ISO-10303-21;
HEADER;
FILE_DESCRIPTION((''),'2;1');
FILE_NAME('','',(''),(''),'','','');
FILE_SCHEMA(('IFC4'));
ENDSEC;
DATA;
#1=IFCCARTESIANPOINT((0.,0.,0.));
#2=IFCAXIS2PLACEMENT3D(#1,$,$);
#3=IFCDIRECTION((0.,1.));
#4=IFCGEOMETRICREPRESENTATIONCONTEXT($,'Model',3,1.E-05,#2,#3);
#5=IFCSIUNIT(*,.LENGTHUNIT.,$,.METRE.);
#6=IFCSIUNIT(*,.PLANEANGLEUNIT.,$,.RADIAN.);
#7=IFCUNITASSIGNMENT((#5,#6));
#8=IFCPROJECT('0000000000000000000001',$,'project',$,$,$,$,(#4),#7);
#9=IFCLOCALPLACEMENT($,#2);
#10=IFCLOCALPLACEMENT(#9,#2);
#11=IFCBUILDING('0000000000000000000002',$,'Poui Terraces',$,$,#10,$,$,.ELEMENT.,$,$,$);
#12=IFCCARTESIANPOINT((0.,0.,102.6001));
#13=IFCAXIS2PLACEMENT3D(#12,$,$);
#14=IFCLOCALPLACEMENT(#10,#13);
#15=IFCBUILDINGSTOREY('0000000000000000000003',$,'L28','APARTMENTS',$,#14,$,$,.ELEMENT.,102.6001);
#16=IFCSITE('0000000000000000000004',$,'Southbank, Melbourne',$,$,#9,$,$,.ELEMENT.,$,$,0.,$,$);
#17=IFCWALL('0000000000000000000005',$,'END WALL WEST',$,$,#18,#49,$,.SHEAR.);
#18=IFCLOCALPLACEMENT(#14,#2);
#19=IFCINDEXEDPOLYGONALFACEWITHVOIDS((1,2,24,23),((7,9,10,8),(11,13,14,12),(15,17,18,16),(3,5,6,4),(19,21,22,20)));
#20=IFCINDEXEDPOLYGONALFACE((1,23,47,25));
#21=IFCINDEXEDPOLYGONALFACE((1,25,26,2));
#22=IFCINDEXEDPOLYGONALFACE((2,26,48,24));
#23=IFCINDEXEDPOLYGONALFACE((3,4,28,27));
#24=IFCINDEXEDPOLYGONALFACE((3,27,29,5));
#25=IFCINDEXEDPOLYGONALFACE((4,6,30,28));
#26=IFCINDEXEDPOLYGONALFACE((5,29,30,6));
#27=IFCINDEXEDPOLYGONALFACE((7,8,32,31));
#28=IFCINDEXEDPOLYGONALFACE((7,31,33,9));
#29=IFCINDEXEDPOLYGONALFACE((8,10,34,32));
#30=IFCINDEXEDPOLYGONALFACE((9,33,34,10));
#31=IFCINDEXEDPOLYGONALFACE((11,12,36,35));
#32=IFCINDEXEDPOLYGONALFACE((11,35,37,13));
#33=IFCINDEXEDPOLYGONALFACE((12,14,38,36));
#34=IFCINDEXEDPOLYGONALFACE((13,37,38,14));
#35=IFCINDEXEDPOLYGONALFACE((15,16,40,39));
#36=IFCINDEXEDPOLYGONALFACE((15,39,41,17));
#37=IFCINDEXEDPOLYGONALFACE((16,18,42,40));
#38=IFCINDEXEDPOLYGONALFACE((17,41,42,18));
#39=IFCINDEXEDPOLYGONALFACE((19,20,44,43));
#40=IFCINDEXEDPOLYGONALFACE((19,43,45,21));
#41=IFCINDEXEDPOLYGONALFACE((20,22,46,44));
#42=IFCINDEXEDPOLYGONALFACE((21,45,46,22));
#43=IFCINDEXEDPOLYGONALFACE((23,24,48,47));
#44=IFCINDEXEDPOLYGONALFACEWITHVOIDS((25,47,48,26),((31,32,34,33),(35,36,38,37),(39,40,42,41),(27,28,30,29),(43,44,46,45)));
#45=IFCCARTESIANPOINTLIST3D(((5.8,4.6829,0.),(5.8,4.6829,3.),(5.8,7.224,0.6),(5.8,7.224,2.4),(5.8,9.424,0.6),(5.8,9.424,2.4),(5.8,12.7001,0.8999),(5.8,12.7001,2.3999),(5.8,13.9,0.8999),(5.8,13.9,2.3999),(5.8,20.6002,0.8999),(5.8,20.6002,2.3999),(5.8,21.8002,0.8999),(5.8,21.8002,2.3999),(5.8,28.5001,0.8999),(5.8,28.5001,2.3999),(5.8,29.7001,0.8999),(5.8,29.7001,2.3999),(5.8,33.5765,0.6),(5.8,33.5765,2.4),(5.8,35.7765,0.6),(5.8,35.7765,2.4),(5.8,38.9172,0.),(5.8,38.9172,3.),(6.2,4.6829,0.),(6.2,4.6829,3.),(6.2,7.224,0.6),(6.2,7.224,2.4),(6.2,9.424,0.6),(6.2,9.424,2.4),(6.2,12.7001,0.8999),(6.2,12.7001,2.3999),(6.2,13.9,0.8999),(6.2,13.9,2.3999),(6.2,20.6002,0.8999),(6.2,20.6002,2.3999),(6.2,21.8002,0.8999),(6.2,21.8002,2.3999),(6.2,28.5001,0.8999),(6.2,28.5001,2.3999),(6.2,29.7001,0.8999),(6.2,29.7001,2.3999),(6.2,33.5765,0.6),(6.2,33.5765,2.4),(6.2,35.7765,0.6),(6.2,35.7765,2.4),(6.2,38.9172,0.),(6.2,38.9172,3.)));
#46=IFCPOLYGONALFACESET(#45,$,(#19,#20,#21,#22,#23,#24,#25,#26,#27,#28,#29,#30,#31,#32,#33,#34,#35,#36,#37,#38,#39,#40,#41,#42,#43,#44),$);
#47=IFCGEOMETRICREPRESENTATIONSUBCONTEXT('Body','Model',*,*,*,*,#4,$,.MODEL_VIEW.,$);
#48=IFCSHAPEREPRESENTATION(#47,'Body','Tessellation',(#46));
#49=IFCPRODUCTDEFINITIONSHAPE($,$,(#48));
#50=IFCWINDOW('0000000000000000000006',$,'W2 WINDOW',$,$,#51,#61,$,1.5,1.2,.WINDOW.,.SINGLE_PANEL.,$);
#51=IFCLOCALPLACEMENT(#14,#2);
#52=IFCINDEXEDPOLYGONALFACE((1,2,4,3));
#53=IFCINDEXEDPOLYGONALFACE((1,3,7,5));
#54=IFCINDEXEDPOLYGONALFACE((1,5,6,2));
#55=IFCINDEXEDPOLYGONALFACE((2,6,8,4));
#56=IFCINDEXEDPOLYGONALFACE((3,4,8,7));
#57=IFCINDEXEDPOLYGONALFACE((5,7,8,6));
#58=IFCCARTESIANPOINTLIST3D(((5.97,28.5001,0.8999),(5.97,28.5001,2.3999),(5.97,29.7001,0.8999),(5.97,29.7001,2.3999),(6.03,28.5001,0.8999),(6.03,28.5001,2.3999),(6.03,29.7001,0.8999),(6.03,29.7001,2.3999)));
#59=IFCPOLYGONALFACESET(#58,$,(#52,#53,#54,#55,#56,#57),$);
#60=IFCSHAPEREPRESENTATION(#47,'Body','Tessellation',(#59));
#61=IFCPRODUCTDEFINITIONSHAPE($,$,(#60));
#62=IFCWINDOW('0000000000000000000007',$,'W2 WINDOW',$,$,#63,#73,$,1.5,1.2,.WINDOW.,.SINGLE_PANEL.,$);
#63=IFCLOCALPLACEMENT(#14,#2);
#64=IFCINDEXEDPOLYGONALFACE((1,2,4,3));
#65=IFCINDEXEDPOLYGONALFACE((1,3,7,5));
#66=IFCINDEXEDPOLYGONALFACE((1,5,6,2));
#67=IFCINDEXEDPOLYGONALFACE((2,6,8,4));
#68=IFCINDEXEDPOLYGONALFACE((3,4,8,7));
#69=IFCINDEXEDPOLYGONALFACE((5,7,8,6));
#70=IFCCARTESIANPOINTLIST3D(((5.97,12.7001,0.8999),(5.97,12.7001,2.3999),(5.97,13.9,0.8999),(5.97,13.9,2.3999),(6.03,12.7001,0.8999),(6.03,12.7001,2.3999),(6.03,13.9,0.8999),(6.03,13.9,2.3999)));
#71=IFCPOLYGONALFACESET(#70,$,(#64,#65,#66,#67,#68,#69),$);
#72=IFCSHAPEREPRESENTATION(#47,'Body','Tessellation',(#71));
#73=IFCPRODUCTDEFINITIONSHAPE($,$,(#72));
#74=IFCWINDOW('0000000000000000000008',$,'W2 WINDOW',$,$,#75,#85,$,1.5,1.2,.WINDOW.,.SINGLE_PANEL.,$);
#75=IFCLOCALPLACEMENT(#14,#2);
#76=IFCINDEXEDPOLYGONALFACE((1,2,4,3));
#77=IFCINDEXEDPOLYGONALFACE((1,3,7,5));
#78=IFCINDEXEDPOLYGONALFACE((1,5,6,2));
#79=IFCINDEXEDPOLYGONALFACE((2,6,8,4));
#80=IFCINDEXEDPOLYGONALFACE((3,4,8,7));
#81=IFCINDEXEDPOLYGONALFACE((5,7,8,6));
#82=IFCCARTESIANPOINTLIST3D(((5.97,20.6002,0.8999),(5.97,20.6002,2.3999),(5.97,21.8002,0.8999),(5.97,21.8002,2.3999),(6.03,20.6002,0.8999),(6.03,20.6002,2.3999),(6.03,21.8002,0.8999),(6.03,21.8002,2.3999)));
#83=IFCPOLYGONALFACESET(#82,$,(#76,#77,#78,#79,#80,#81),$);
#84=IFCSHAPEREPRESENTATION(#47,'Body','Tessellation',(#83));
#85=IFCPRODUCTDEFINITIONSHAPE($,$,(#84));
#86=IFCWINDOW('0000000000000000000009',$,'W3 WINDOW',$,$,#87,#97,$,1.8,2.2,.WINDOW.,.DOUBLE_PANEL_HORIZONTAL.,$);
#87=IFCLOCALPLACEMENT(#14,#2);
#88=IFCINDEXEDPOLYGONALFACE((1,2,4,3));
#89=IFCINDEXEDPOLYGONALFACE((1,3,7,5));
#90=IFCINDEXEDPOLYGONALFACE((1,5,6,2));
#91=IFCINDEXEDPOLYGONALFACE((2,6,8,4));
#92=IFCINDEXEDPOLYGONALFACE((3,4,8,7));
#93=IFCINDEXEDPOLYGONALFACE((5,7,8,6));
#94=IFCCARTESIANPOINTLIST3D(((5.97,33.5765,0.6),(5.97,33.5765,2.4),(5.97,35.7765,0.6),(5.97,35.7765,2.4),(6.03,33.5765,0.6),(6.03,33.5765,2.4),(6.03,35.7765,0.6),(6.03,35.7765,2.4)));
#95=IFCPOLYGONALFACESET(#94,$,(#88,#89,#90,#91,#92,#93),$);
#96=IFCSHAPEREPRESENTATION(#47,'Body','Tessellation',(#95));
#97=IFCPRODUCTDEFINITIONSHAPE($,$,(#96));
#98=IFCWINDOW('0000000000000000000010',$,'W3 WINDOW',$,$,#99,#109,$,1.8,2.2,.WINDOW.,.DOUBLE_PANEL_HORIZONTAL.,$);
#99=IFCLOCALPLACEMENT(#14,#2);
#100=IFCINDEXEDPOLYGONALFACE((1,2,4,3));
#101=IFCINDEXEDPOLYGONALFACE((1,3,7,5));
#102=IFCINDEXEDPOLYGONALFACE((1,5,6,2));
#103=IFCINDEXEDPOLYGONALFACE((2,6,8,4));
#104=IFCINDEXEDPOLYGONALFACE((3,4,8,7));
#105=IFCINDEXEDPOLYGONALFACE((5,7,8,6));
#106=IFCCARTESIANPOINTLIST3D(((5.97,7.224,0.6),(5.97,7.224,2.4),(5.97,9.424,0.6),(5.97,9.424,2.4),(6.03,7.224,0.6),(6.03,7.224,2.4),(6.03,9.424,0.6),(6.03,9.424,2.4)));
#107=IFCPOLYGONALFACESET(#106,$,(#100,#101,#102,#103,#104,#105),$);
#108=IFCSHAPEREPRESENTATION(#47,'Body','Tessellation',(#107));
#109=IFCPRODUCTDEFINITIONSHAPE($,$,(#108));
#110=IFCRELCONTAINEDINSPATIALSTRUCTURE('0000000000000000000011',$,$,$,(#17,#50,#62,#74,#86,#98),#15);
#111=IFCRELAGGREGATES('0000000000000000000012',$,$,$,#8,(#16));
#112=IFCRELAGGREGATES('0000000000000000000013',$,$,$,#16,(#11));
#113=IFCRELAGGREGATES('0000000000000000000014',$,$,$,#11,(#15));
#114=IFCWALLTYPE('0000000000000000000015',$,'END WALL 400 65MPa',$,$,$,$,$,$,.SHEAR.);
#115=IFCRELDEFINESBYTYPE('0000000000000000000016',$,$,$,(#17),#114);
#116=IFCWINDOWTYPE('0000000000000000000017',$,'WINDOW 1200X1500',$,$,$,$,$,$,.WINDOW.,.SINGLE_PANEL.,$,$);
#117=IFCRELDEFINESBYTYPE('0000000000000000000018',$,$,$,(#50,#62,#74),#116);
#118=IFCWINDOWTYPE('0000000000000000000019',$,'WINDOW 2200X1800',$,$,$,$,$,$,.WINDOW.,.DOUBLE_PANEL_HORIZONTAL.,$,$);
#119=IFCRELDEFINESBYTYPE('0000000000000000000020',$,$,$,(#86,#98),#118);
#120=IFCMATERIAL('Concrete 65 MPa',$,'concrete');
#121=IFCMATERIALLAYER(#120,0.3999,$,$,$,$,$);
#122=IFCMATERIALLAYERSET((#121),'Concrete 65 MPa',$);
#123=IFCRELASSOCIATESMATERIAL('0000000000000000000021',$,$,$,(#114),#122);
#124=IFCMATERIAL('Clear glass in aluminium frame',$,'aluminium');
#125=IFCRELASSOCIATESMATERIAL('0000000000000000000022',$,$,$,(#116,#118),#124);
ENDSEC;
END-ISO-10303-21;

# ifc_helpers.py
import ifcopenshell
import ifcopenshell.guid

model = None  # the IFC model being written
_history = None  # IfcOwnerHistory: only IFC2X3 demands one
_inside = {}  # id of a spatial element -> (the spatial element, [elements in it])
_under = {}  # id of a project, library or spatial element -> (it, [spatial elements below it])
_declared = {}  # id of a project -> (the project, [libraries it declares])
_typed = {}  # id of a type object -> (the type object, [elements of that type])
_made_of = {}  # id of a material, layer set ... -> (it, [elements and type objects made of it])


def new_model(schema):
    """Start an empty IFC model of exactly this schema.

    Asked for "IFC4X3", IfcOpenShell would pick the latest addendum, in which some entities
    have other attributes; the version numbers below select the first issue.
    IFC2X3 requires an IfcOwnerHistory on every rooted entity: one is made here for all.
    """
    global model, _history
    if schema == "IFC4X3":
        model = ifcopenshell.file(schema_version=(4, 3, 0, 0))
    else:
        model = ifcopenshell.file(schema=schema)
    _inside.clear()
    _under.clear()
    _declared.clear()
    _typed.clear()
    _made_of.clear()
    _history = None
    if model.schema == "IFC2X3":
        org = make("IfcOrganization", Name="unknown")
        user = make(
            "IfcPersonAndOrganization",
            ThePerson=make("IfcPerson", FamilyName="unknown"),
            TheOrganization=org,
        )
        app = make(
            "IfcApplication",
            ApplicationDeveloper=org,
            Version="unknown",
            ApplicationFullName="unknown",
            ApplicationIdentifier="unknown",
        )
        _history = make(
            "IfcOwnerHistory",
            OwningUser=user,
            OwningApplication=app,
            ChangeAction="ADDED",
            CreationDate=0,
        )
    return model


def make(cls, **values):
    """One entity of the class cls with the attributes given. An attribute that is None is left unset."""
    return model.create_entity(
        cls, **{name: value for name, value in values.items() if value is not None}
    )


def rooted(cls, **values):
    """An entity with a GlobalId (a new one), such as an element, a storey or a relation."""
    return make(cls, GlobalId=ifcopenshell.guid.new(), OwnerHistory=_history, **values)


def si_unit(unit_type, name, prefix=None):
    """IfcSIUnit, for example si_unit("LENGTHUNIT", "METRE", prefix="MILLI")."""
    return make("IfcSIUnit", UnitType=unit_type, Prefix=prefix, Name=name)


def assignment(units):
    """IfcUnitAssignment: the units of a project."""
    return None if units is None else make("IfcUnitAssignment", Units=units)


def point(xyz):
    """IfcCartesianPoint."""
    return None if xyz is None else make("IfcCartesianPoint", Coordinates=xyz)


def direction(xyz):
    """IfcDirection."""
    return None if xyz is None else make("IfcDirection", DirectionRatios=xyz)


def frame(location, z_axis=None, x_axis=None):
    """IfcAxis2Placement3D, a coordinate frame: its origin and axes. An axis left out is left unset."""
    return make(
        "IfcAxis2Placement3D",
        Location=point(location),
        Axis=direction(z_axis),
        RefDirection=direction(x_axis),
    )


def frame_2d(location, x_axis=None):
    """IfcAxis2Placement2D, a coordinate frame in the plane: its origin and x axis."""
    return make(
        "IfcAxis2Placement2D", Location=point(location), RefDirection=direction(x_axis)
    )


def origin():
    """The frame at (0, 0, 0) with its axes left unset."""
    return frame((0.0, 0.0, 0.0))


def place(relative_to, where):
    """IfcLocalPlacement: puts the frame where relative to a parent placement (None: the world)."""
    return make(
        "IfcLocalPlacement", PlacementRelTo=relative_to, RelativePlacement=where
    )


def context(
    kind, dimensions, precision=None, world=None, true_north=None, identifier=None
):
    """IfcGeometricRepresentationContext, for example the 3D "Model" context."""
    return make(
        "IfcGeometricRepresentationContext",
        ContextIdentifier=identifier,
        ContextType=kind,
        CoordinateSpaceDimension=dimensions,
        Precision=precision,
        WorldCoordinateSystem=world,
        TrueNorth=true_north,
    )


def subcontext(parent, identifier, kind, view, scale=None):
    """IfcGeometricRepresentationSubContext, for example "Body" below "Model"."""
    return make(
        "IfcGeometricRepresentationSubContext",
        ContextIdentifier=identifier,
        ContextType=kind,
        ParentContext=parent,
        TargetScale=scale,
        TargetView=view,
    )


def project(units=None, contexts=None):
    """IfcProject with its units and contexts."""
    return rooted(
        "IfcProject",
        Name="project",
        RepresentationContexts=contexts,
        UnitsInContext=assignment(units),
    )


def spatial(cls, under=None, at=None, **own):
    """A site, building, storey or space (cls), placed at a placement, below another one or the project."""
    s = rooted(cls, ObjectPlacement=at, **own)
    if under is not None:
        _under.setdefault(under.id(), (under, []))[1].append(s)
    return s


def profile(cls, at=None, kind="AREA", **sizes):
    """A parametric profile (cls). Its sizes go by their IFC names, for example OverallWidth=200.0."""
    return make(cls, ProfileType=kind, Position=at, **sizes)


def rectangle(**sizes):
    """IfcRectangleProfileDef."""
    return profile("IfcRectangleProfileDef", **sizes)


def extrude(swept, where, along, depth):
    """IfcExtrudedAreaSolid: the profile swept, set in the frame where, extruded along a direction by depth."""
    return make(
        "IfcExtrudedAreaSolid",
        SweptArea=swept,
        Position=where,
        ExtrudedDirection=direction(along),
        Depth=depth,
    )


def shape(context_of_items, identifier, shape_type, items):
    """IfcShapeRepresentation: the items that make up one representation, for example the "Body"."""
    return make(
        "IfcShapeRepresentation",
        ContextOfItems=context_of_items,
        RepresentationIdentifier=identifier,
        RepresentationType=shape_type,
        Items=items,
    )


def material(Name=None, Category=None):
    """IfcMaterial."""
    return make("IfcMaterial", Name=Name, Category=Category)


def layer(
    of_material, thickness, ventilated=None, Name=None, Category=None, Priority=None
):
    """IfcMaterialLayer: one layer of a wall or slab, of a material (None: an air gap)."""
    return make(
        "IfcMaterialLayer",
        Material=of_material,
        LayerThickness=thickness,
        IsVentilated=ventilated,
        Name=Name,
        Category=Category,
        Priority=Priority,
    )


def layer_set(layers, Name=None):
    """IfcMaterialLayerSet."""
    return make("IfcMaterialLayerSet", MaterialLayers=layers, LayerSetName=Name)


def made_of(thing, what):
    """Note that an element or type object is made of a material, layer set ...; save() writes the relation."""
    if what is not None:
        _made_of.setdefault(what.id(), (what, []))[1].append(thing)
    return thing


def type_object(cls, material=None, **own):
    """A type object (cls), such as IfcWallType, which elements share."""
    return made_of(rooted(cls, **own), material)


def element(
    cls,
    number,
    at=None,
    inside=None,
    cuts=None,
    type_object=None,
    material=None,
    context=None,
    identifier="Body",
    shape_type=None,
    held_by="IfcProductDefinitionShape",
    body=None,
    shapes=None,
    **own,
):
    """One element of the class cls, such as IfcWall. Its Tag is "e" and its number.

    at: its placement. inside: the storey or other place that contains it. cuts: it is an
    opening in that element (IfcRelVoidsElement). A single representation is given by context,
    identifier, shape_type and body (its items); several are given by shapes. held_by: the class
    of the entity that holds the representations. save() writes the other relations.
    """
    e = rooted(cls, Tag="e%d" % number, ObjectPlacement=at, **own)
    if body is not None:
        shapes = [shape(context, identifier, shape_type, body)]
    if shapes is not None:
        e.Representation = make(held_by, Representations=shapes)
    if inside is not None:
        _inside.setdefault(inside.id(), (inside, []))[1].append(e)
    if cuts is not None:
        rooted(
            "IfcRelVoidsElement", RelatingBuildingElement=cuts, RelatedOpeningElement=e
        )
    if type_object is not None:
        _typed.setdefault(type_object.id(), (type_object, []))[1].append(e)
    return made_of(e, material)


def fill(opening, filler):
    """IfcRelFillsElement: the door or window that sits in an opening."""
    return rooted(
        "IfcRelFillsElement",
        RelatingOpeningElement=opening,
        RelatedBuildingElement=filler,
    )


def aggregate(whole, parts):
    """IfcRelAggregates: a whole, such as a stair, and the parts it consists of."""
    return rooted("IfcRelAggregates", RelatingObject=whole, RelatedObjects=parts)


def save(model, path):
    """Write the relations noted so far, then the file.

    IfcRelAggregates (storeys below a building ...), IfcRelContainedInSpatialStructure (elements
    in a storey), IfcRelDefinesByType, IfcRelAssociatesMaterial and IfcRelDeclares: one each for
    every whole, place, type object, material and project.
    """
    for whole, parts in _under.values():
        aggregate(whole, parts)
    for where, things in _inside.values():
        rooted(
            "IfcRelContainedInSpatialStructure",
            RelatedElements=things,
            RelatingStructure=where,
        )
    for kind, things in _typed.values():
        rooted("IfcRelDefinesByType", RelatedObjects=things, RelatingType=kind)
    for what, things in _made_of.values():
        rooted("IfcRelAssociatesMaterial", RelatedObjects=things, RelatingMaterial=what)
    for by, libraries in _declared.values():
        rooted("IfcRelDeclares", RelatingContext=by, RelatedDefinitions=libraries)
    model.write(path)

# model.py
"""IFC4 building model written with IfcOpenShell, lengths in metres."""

from ifc_helpers import new_model, si_unit, direction, frame, frame_2d, origin, place, context, subcontext, project, spatial, rectangle, extrude, material, layer, layer_set, type_object, element, fill, save


model = new_model("IFC4")

# Units and contexts
model_context = context("Model", 3, precision=1e-05, world=origin(), true_north=direction((0.0, 1.0)))
body_context = subcontext(model_context, "Body", "Model", "MODEL_VIEW")
ifc_project = project(units=[si_unit("LENGTHUNIT", "METRE"), si_unit("PLANEANGLEUNIT", "RADIAN")], contexts=[model_context])

# Site, building, storey
site_placement = place(None, origin())
site = spatial("IfcSite", under=ifc_project, at=site_placement, Name="Southbank, Melbourne", CompositionType="ELEMENT", RefElevation=0.0)
building_placement = place(site_placement, origin())
building = spatial("IfcBuilding", under=site, at=building_placement, Name="Poui Terraces", CompositionType="ELEMENT")
storey_placement = place(building_placement, frame((0.0, 0.0, 102.6001)))
storey = spatial("IfcBuildingStorey", under=building, at=storey_placement, Name="L28", Description="APARTMENTS", CompositionType="ELEMENT", Elevation=102.6001)

# Shared definitions
ifc_material_1 = material(Name="Concrete 65 MPa", Category="concrete")

# Wall, openings, windows
ifc_layer_1 = layer(ifc_material_1, 0.3999)
ifc_layer_set_1 = layer_set([ifc_layer_1], Name="Concrete 65 MPa")
wall_type = type_object("IfcWallType", Name="END WALL 400 65MPa", PredefinedType="SHEAR", material=ifc_layer_set_1)
wall_placement = place(storey_placement, frame((6.0, 4.6829, 0.0), z_axis=(0.0, 0.0, 1.0), x_axis=(0.0, 1.0, 0.0)))
wall = element("IfcWall", 1, at=wall_placement, inside=storey, type_object=wall_type, Name="END WALL WEST", PredefinedType="SHEAR", context=body_context, shape_type="SweptSolid", body=[
    extrude(rectangle(XDim=34.2344, YDim=0.3999, at=frame_2d((17.1172, 0.0))), origin(), (0.0, 0.0, 1.0), 3.0),
])
opening_1_placement = place(wall_placement, frame((23.8171, 0.0, 0.8999)))
opening_1 = element("IfcOpeningElement", 2, at=opening_1_placement, cuts=wall, PredefinedType="OPENING", context=body_context, shape_type="SweptSolid", body=[
    extrude(rectangle(XDim=1.2, YDim=1.5, at=frame_2d((0.6001, 0.75))), frame((0.0, 0.21, 0.0), z_axis=(0.0, -1.0, 0.0), x_axis=(1.0, 0.0, 0.0)), (0.0, 0.0, 1.0), 0.4199),
])
opening_2_placement = place(wall_placement, frame((8.0171, 0.0, 0.8999)))
opening_2 = element("IfcOpeningElement", 3, at=opening_2_placement, cuts=wall, PredefinedType="OPENING", context=body_context, shape_type="SweptSolid", body=[
    extrude(rectangle(XDim=1.2, YDim=1.5, at=frame_2d((0.6001, 0.75))), frame((0.0, 0.21, 0.0), z_axis=(0.0, -1.0, 0.0), x_axis=(1.0, 0.0, 0.0)), (0.0, 0.0, 1.0), 0.4199),
])
opening_3_placement = place(wall_placement, frame((15.9172, 0.0, 0.8999)))
opening_3 = element("IfcOpeningElement", 4, at=opening_3_placement, cuts=wall, PredefinedType="OPENING", context=body_context, shape_type="SweptSolid", body=[
    extrude(rectangle(XDim=1.2, YDim=1.5, at=frame_2d((0.6001, 0.75))), frame((0.0, 0.21, 0.0), z_axis=(0.0, -1.0, 0.0), x_axis=(1.0, 0.0, 0.0)), (0.0, 0.0, 1.0), 0.4199),
])
opening_4_placement = place(wall_placement, frame((28.8936, 0.0, 0.6001)))
opening_4 = element("IfcOpeningElement", 5, at=opening_4_placement, cuts=wall, PredefinedType="OPENING", context=body_context, shape_type="SweptSolid", body=[
    extrude(rectangle(XDim=2.2, YDim=1.8, at=frame_2d((1.1001, 0.8999))), frame((0.0, 0.21, 0.0), z_axis=(0.0, -1.0, 0.0), x_axis=(1.0, 0.0, 0.0)), (0.0, 0.0, 1.0), 0.4199),
])
opening_5_placement = place(wall_placement, frame((2.541, 0.0, 0.6001)))
opening_5 = element("IfcOpeningElement", 6, at=opening_5_placement, cuts=wall, PredefinedType="OPENING", context=body_context, shape_type="SweptSolid", body=[
    extrude(rectangle(XDim=2.2, YDim=1.8, at=frame_2d((1.1001, 0.8999))), frame((0.0, 0.21, 0.0), z_axis=(0.0, -1.0, 0.0), x_axis=(1.0, 0.0, 0.0)), (0.0, 0.0, 1.0), 0.4199),
])
ifc_material_2 = material(Name="Clear glass in aluminium frame", Category="aluminium")
window_type_1 = type_object("IfcWindowType", Name="WINDOW 1200X1500", PartitioningType="SINGLE_PANEL", PredefinedType="WINDOW", material=ifc_material_2)
window_1_placement = place(opening_1_placement, origin())
window_1 = element("IfcWindow", 7, at=window_1_placement, inside=storey, type_object=window_type_1, Name="W2 WINDOW", OverallHeight=1.5, OverallWidth=1.2, PartitioningType="SINGLE_PANEL", PredefinedType="WINDOW", context=body_context, shape_type="SweptSolid", body=[
    extrude(rectangle(XDim=1.2, YDim=1.5, at=frame_2d((0.6001, 0.75))), frame((0.0, 0.03, 0.0), z_axis=(0.0, -1.0, 0.0), x_axis=(1.0, 0.0, 0.0)), (0.0, 0.0, 1.0), 0.0601),
])
fill(opening_1, window_1)
window_2_placement = place(opening_2_placement, origin())
window_2 = element("IfcWindow", 8, at=window_2_placement, inside=storey, type_object=window_type_1, Name="W2 WINDOW", OverallHeight=1.5, OverallWidth=1.2, PartitioningType="SINGLE_PANEL", PredefinedType="WINDOW", context=body_context, shape_type="SweptSolid", body=[
    extrude(rectangle(XDim=1.2, YDim=1.5, at=frame_2d((0.6001, 0.75))), frame((0.0, 0.03, 0.0), z_axis=(0.0, -1.0, 0.0), x_axis=(1.0, 0.0, 0.0)), (0.0, 0.0, 1.0), 0.0601),
])
fill(opening_2, window_2)
window_3_placement = place(opening_3_placement, origin())
window_3 = element("IfcWindow", 9, at=window_3_placement, inside=storey, type_object=window_type_1, Name="W2 WINDOW", OverallHeight=1.5, OverallWidth=1.2, PartitioningType="SINGLE_PANEL", PredefinedType="WINDOW", context=body_context, shape_type="SweptSolid", body=[
    extrude(rectangle(XDim=1.2, YDim=1.5, at=frame_2d((0.6001, 0.75))), frame((0.0, 0.03, 0.0), z_axis=(0.0, -1.0, 0.0), x_axis=(1.0, 0.0, 0.0)), (0.0, 0.0, 1.0), 0.0601),
])
fill(opening_3, window_3)
window_type_2 = type_object("IfcWindowType", Name="WINDOW 2200X1800", PartitioningType="DOUBLE_PANEL_HORIZONTAL", PredefinedType="WINDOW", material=ifc_material_2)
window_4_placement = place(opening_4_placement, origin())
window_4 = element("IfcWindow", 10, at=window_4_placement, inside=storey, type_object=window_type_2, Name="W3 WINDOW", OverallHeight=1.8, OverallWidth=2.2, PartitioningType="DOUBLE_PANEL_HORIZONTAL", PredefinedType="WINDOW", context=body_context, shape_type="SweptSolid", body=[
    extrude(rectangle(XDim=2.2, YDim=1.8, at=frame_2d((1.1001, 0.8999))), frame((0.0, 0.03, 0.0), z_axis=(0.0, -1.0, 0.0), x_axis=(1.0, 0.0, 0.0)), (0.0, 0.0, 1.0), 0.0601),
])
fill(opening_4, window_4)
window_5_placement = place(opening_5_placement, origin())
window_5 = element("IfcWindow", 11, at=window_5_placement, inside=storey, type_object=window_type_2, Name="W3 WINDOW", OverallHeight=1.8, OverallWidth=2.2, PartitioningType="DOUBLE_PANEL_HORIZONTAL", PredefinedType="WINDOW", context=body_context, shape_type="SweptSolid", body=[
    extrude(rectangle(XDim=2.2, YDim=1.8, at=frame_2d((1.1001, 0.8999))), frame((0.0, 0.03, 0.0), z_axis=(0.0, -1.0, 0.0), x_axis=(1.0, 0.0, 0.0)), (0.0, 0.0, 1.0), 0.0601),
])
fill(opening_5, window_5)

save(model, "model.ifc")
